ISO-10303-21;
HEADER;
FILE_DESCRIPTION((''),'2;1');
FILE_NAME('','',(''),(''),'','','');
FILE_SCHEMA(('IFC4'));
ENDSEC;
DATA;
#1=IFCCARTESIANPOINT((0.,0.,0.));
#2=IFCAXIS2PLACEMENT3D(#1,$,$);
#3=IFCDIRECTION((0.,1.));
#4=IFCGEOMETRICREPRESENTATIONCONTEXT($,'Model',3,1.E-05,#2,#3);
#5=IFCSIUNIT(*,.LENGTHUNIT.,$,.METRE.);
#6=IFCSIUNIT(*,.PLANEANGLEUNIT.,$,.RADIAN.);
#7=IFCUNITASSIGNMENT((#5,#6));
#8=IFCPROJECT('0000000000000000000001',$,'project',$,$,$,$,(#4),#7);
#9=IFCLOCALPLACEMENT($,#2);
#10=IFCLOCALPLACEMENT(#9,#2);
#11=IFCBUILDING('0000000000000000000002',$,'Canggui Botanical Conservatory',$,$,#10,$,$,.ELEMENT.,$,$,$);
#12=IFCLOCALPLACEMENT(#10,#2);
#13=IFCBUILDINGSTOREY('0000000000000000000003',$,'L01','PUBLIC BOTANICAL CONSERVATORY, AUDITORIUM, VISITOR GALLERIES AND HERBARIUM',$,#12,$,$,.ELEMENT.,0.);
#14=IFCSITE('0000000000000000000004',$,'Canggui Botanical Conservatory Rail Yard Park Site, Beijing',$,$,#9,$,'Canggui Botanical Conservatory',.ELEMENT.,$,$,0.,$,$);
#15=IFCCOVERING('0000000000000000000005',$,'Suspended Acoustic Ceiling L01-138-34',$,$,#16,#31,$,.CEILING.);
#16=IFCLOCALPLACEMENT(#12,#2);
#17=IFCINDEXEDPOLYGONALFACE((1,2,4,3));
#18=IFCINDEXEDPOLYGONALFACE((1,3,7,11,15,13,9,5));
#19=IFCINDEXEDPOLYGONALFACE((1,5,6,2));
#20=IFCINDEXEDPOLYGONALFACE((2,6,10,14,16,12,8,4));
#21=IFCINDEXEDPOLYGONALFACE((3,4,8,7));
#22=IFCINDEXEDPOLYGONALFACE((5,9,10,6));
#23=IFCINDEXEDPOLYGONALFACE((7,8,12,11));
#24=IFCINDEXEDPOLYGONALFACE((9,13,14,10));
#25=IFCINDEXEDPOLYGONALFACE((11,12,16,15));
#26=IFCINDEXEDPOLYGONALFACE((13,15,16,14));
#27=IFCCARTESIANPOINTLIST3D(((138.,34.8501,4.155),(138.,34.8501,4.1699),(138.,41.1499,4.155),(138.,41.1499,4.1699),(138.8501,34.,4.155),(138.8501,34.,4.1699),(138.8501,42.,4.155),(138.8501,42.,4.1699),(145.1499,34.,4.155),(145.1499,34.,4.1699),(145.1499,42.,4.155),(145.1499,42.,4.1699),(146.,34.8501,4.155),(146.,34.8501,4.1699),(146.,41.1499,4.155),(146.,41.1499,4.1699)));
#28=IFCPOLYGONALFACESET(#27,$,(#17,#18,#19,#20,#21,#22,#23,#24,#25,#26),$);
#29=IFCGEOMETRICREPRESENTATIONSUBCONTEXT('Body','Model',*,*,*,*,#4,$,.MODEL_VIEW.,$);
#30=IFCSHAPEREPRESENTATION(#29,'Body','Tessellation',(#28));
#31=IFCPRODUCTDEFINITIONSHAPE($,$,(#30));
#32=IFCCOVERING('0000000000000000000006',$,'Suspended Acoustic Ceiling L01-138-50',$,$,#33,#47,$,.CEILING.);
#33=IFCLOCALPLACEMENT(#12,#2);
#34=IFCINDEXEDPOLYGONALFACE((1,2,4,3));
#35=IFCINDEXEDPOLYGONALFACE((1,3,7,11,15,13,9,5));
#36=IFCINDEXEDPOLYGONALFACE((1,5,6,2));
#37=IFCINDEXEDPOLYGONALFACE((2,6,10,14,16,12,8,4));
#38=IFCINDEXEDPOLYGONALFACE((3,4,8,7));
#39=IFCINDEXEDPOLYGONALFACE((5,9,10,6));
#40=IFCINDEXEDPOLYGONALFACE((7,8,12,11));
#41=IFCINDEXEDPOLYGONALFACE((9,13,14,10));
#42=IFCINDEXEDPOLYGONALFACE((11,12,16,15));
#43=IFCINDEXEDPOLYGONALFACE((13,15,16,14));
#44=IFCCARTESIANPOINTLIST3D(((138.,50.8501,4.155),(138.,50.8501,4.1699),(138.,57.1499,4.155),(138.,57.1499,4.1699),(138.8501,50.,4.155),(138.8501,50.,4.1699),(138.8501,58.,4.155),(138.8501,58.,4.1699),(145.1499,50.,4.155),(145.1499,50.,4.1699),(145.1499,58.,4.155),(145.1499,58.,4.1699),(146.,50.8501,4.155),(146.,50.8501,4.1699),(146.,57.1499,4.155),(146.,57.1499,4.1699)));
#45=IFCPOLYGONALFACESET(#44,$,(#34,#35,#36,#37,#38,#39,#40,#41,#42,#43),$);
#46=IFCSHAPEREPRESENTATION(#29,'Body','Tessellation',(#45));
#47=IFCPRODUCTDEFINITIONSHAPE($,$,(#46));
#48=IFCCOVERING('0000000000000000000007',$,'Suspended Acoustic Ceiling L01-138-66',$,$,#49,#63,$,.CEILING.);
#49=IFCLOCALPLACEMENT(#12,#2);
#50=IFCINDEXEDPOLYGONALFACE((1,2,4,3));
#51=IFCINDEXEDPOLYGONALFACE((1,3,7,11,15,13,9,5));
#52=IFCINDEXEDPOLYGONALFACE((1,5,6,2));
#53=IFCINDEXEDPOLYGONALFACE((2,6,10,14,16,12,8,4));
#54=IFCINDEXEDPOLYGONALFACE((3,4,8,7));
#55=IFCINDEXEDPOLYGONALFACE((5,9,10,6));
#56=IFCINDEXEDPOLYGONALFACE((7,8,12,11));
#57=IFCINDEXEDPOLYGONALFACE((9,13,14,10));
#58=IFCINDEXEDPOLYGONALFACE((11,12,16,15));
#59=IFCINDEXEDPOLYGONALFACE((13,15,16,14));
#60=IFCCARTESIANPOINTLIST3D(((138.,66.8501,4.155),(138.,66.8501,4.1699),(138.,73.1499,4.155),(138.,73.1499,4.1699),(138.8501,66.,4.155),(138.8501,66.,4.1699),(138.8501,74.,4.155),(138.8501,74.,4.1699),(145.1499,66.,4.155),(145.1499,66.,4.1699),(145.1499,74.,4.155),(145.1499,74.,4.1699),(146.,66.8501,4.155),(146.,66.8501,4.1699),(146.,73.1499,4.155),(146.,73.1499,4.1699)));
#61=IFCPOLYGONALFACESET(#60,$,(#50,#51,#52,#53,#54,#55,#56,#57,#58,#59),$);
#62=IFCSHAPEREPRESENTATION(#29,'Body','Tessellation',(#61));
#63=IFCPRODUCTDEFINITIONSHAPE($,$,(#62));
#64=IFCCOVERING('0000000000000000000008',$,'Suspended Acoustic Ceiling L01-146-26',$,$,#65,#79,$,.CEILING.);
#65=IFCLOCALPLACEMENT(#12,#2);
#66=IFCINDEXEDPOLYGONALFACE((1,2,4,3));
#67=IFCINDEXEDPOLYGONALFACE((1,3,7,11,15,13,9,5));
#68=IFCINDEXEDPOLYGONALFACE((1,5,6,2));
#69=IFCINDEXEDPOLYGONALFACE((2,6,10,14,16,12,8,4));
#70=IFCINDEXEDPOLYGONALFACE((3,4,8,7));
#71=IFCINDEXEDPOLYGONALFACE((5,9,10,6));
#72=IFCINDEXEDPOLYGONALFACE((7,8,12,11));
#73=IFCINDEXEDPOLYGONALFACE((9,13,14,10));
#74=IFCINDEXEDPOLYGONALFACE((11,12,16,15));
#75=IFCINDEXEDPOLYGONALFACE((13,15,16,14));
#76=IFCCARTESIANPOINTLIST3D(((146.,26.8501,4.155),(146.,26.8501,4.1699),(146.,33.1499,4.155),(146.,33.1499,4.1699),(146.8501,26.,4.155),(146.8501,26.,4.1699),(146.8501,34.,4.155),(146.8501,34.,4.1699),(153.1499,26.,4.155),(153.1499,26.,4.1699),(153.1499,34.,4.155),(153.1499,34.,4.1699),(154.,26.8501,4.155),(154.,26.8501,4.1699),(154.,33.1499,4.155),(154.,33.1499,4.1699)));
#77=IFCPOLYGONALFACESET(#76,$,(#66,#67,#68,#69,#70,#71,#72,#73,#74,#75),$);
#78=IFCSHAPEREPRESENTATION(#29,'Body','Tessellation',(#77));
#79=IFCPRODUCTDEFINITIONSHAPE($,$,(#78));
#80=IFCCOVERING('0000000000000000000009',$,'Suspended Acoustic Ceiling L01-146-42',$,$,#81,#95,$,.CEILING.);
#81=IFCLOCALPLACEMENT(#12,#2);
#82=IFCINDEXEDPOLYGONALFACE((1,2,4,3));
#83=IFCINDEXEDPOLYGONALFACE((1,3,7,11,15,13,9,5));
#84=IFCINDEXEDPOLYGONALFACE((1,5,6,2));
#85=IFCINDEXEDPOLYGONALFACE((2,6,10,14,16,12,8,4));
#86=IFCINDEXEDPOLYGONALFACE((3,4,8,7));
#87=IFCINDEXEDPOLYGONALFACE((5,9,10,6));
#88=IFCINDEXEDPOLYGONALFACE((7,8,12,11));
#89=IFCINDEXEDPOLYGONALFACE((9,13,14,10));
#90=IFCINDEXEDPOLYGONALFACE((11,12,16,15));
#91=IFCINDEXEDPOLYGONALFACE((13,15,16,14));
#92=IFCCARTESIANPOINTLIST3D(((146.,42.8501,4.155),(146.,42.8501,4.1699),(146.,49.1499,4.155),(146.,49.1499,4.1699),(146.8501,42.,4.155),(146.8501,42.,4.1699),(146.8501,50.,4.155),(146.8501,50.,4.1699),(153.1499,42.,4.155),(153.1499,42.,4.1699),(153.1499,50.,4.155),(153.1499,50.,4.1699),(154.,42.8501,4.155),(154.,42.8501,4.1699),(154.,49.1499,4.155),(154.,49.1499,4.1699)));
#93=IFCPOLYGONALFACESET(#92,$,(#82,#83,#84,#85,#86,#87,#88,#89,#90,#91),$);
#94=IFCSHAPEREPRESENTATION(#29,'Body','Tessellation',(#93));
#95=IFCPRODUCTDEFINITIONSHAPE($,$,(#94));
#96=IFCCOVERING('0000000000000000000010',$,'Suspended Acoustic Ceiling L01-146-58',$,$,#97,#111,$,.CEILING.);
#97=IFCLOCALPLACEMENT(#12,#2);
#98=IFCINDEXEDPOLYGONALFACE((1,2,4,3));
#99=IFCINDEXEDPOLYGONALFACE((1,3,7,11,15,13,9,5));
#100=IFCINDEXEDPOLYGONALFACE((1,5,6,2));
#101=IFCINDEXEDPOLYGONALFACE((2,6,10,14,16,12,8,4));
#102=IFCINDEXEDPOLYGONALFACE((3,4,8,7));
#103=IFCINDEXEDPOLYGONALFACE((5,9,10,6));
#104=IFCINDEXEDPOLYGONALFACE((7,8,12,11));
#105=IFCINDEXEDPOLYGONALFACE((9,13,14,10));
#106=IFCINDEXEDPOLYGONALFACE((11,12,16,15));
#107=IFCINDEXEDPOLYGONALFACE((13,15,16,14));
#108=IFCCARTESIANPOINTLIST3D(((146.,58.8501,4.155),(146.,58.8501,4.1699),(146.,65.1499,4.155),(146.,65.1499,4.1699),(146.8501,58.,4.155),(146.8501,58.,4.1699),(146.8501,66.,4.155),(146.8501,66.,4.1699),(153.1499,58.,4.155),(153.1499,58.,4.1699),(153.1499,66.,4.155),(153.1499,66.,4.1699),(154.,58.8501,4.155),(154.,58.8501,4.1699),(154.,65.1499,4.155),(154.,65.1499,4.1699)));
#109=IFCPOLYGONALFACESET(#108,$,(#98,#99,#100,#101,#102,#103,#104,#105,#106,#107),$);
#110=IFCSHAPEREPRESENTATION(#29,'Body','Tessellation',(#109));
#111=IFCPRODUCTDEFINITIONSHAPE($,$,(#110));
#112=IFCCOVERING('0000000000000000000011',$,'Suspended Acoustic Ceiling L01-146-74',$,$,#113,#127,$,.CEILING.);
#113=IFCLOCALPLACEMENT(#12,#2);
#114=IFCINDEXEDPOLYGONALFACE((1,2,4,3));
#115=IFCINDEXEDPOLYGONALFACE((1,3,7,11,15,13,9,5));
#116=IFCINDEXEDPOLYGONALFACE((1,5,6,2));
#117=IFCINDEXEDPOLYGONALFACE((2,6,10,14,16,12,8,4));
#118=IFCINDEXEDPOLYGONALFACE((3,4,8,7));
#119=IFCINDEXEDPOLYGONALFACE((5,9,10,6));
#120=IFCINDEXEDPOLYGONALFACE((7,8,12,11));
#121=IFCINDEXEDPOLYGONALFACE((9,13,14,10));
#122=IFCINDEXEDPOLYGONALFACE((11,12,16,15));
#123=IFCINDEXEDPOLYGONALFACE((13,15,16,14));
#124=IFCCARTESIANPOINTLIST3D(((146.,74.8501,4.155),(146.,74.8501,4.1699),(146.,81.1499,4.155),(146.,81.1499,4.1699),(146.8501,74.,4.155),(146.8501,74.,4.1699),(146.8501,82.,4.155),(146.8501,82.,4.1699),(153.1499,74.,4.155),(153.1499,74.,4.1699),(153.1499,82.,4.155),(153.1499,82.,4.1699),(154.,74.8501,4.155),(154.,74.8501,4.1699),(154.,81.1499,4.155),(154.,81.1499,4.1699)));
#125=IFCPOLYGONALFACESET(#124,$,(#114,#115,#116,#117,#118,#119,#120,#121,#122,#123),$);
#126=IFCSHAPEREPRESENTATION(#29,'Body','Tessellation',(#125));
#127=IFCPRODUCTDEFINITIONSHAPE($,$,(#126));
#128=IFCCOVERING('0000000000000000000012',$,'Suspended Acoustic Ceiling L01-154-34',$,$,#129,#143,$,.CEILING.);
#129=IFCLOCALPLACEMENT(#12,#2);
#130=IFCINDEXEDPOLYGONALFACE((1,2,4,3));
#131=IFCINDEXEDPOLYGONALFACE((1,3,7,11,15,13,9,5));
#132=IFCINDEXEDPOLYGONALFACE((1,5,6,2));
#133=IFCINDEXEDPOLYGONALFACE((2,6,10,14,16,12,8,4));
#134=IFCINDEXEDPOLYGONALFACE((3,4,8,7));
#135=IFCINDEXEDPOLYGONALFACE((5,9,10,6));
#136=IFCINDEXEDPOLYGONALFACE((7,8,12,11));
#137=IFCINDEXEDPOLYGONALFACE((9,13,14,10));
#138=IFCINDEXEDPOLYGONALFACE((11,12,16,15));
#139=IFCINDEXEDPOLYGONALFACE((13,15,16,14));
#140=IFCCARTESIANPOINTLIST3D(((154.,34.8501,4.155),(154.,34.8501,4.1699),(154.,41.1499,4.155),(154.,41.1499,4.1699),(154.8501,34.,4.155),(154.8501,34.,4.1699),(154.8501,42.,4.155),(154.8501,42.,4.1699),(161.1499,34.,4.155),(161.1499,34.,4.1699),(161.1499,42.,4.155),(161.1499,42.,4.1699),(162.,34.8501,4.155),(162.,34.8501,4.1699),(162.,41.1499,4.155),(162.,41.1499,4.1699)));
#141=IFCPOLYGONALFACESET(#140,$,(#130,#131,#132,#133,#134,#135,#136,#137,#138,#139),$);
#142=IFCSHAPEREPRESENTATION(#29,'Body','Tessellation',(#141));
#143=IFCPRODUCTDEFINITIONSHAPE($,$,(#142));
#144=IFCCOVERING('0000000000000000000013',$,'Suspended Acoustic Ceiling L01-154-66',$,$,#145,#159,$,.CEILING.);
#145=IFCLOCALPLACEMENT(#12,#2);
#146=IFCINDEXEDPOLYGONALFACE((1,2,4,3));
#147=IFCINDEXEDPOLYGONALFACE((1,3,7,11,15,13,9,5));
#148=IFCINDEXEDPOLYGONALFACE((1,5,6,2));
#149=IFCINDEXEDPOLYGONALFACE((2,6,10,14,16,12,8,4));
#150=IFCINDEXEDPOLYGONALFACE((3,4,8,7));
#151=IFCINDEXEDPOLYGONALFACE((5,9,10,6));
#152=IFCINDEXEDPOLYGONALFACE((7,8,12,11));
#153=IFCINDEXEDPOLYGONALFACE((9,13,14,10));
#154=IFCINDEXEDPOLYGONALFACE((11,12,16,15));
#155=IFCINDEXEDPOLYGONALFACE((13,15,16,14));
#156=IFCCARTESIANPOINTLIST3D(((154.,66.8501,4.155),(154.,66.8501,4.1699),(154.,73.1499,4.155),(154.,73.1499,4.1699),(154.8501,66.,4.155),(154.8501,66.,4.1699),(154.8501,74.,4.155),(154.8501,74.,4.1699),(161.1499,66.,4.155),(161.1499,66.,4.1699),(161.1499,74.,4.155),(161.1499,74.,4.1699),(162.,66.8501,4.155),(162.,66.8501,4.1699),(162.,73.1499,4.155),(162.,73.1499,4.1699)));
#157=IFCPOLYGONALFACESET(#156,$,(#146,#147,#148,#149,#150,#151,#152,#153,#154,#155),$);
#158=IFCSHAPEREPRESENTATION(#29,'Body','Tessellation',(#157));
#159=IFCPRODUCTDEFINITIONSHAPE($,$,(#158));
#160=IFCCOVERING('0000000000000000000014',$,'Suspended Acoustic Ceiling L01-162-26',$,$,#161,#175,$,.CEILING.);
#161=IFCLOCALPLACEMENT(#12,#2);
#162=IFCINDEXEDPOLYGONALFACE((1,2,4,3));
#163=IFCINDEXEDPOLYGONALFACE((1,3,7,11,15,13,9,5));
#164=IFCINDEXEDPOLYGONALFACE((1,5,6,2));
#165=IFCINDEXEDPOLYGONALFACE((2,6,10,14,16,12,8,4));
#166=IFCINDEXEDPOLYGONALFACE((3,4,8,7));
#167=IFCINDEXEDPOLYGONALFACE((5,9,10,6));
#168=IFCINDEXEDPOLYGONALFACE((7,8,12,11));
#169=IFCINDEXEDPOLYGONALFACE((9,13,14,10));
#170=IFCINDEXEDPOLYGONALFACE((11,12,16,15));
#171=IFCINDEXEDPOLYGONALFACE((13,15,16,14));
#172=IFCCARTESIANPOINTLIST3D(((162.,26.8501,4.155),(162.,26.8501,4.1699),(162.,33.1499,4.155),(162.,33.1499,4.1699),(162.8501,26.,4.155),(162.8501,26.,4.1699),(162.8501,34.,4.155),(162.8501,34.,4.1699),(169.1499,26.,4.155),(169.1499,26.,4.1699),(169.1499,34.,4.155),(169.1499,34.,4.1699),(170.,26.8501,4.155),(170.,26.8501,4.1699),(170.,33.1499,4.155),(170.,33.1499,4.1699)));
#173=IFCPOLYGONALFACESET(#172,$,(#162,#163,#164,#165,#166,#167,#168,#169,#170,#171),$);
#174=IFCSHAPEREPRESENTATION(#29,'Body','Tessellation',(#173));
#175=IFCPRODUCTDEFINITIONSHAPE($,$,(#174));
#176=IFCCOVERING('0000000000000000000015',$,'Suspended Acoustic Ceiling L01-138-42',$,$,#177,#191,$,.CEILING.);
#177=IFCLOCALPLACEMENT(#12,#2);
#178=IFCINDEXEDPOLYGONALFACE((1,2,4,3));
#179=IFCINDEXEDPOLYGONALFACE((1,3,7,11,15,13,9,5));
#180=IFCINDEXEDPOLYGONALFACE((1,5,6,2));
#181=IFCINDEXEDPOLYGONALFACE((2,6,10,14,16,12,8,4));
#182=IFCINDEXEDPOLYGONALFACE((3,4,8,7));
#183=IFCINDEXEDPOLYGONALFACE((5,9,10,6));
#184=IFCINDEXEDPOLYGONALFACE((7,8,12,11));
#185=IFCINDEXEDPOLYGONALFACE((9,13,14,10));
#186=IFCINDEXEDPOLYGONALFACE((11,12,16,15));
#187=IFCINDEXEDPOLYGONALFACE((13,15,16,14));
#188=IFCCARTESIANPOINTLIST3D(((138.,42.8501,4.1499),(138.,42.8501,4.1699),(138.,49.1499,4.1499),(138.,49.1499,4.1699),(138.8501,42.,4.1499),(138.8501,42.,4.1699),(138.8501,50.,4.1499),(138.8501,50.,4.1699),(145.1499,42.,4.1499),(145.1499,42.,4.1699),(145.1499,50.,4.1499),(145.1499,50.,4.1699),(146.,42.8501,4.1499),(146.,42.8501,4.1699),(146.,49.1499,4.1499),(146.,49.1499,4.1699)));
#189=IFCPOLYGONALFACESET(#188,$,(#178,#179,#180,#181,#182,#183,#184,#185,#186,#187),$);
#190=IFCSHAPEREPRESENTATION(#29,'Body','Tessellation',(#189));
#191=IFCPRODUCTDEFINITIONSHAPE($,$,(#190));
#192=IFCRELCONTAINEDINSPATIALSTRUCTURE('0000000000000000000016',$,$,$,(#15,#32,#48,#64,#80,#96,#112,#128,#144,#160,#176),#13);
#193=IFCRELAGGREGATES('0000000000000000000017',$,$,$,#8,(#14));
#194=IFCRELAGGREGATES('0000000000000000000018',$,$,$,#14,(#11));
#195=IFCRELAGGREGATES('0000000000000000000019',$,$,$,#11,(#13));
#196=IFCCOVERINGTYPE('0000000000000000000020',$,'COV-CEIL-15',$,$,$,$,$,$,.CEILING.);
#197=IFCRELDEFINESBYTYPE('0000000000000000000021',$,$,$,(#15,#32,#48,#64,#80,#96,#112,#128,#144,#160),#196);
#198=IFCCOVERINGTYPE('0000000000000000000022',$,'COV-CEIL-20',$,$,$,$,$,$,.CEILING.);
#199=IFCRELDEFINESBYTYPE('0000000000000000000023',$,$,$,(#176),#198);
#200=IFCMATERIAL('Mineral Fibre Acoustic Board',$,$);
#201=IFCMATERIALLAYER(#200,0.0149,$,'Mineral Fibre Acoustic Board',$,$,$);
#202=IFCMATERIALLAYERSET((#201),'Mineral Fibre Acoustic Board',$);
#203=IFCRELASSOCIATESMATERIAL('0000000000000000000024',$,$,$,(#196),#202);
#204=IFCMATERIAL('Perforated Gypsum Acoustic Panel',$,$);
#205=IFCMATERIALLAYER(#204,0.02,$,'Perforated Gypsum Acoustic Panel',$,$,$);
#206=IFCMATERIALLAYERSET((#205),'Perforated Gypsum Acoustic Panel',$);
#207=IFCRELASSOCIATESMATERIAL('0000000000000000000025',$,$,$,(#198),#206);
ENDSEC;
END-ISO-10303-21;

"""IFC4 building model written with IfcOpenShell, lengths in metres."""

from ifc_helpers import new_model, si_unit, direction, frame, origin, place, context, subcontext, project, spatial, polyline, outline, extrude, material, layer, layer_set, type_object, element, save


model = new_model("IFC4")

# Units and contexts
model_context = context("Model", 3, precision=1e-05, world=origin(), true_north=direction((0.0, 1.0)))
body_context = subcontext(model_context, "Body", "Model", "MODEL_VIEW")
ifc_project = project(units=[si_unit("LENGTHUNIT", "METRE"), si_unit("PLANEANGLEUNIT", "RADIAN")], contexts=[model_context])

# Site, building, storey
site_placement = place(None, origin())
site = spatial("IfcSite", under=ifc_project, at=site_placement, Name="Canggui Botanical Conservatory Rail Yard Park Site, Beijing", LongName="Canggui Botanical Conservatory", CompositionType="ELEMENT", RefElevation=0.0)
building_placement = place(site_placement, origin())
building = spatial("IfcBuilding", under=site, at=building_placement, Name="Canggui Botanical Conservatory", CompositionType="ELEMENT")
storey_placement = place(building_placement, origin())
storey = spatial("IfcBuildingStorey", under=building, at=storey_placement, Name="L01", Description="PUBLIC BOTANICAL CONSERVATORY, AUDITORIUM, VISITOR GALLERIES AND HERBARIUM", CompositionType="ELEMENT", Elevation=0.0)

# Coverings
ifc_material_1 = material(Name="Mineral Fibre Acoustic Board")
ifc_layer_1 = layer(ifc_material_1, 0.0149, Name="Mineral Fibre Acoustic Board")
ifc_layer_set_1 = layer_set([ifc_layer_1], Name="Mineral Fibre Acoustic Board")
covering_type_1 = type_object("IfcCoveringType", Name="COV-CEIL-15", PredefinedType="CEILING", material=ifc_layer_set_1)
covering_1_placement = place(storey_placement, frame((0.0, 0.0, 4.155)))
element("IfcCovering", 1, at=covering_1_placement, inside=storey, type_object=covering_type_1, Name="Suspended Acoustic Ceiling L01-138-34", PredefinedType="CEILING", context=body_context, shape_type="SweptSolid", body=[
    extrude(outline(polyline([(138.8501, 34.0), (145.1499, 34.0), (146.0, 34.8501), (146.0, 41.1499), (145.1499, 42.0), (138.8501, 42.0), (138.0, 41.1499), (138.0, 34.8501), (138.8501, 34.0)])), origin(), (0.0, 0.0, 1.0), 0.0149),
])
covering_2_placement = place(storey_placement, frame((0.0, 0.0, 4.155)))
element("IfcCovering", 2, at=covering_2_placement, inside=storey, type_object=covering_type_1, Name="Suspended Acoustic Ceiling L01-138-50", PredefinedType="CEILING", context=body_context, shape_type="SweptSolid", body=[
    extrude(outline(polyline([(138.8501, 50.0), (145.1499, 50.0), (146.0, 50.8501), (146.0, 57.1499), (145.1499, 58.0), (138.8501, 58.0), (138.0, 57.1499), (138.0, 50.8501), (138.8501, 50.0)])), origin(), (0.0, 0.0, 1.0), 0.0149),
])
covering_3_placement = place(storey_placement, frame((0.0, 0.0, 4.155)))
element("IfcCovering", 3, at=covering_3_placement, inside=storey, type_object=covering_type_1, Name="Suspended Acoustic Ceiling L01-138-66", PredefinedType="CEILING", context=body_context, shape_type="SweptSolid", body=[
    extrude(outline(polyline([(138.8501, 66.0), (145.1499, 66.0), (146.0, 66.8501), (146.0, 73.1499), (145.1499, 74.0), (138.8501, 74.0), (138.0, 73.1499), (138.0, 66.8501), (138.8501, 66.0)])), origin(), (0.0, 0.0, 1.0), 0.0149),
])
covering_4_placement = place(storey_placement, frame((0.0, 0.0, 4.155)))
element("IfcCovering", 4, at=covering_4_placement, inside=storey, type_object=covering_type_1, Name="Suspended Acoustic Ceiling L01-146-26", PredefinedType="CEILING", context=body_context, shape_type="SweptSolid", body=[
    extrude(outline(polyline([(146.8501, 26.0), (153.1499, 26.0), (154.0, 26.8501), (154.0, 33.1499), (153.1499, 34.0), (146.8501, 34.0), (146.0, 33.1499), (146.0, 26.8501), (146.8501, 26.0)])), origin(), (0.0, 0.0, 1.0), 0.0149),
])
covering_5_placement = place(storey_placement, frame((0.0, 0.0, 4.155)))
element("IfcCovering", 5, at=covering_5_placement, inside=storey, type_object=covering_type_1, Name="Suspended Acoustic Ceiling L01-146-42", PredefinedType="CEILING", context=body_context, shape_type="SweptSolid", body=[
    extrude(outline(polyline([(146.8501, 42.0), (153.1499, 42.0), (154.0, 42.8501), (154.0, 49.1499), (153.1499, 50.0), (146.8501, 50.0), (146.0, 49.1499), (146.0, 42.8501), (146.8501, 42.0)])), origin(), (0.0, 0.0, 1.0), 0.0149),
])
covering_6_placement = place(storey_placement, frame((0.0, 0.0, 4.155)))
element("IfcCovering", 6, at=covering_6_placement, inside=storey, type_object=covering_type_1, Name="Suspended Acoustic Ceiling L01-146-58", PredefinedType="CEILING", context=body_context, shape_type="SweptSolid", body=[
    extrude(outline(polyline([(146.8501, 58.0), (153.1499, 58.0), (154.0, 58.8501), (154.0, 65.1499), (153.1499, 66.0), (146.8501, 66.0), (146.0, 65.1499), (146.0, 58.8501), (146.8501, 58.0)])), origin(), (0.0, 0.0, 1.0), 0.0149),
])
covering_7_placement = place(storey_placement, frame((0.0, 0.0, 4.155)))
element("IfcCovering", 7, at=covering_7_placement, inside=storey, type_object=covering_type_1, Name="Suspended Acoustic Ceiling L01-146-74", PredefinedType="CEILING", context=body_context, shape_type="SweptSolid", body=[
    extrude(outline(polyline([(146.8501, 74.0), (153.1499, 74.0), (154.0, 74.8501), (154.0, 81.1499), (153.1499, 82.0), (146.8501, 82.0), (146.0, 81.1499), (146.0, 74.8501), (146.8501, 74.0)])), origin(), (0.0, 0.0, 1.0), 0.0149),
])
covering_8_placement = place(storey_placement, frame((0.0, 0.0, 4.155)))
element("IfcCovering", 8, at=covering_8_placement, inside=storey, type_object=covering_type_1, Name="Suspended Acoustic Ceiling L01-154-34", PredefinedType="CEILING", context=body_context, shape_type="SweptSolid", body=[
    extrude(outline(polyline([(154.8501, 34.0), (161.1499, 34.0), (162.0, 34.8501), (162.0, 41.1499), (161.1499, 42.0), (154.8501, 42.0), (154.0, 41.1499), (154.0, 34.8501), (154.8501, 34.0)])), origin(), (0.0, 0.0, 1.0), 0.0149),
])
covering_9_placement = place(storey_placement, frame((0.0, 0.0, 4.155)))
element("IfcCovering", 9, at=covering_9_placement, inside=storey, type_object=covering_type_1, Name="Suspended Acoustic Ceiling L01-154-66", PredefinedType="CEILING", context=body_context, shape_type="SweptSolid", body=[
    extrude(outline(polyline([(154.8501, 66.0), (161.1499, 66.0), (162.0, 66.8501), (162.0, 73.1499), (161.1499, 74.0), (154.8501, 74.0), (154.0, 73.1499), (154.0, 66.8501), (154.8501, 66.0)])), origin(), (0.0, 0.0, 1.0), 0.0149),
])
covering_10_placement = place(storey_placement, frame((0.0, 0.0, 4.155)))
element("IfcCovering", 10, at=covering_10_placement, inside=storey, type_object=covering_type_1, Name="Suspended Acoustic Ceiling L01-162-26", PredefinedType="CEILING", context=body_context, shape_type="SweptSolid", body=[
    extrude(outline(polyline([(162.8501, 26.0), (169.1499, 26.0), (170.0, 26.8501), (170.0, 33.1499), (169.1499, 34.0), (162.8501, 34.0), (162.0, 33.1499), (162.0, 26.8501), (162.8501, 26.0)])), origin(), (0.0, 0.0, 1.0), 0.0149),
])
ifc_material_2 = material(Name="Perforated Gypsum Acoustic Panel")
ifc_layer_2 = layer(ifc_material_2, 0.02, Name="Perforated Gypsum Acoustic Panel")
ifc_layer_set_2 = layer_set([ifc_layer_2], Name="Perforated Gypsum Acoustic Panel")
covering_type_2 = type_object("IfcCoveringType", Name="COV-CEIL-20", PredefinedType="CEILING", material=ifc_layer_set_2)
covering_11_placement = place(storey_placement, frame((0.0, 0.0, 4.1499)))
element("IfcCovering", 11, at=covering_11_placement, inside=storey, type_object=covering_type_2, Name="Suspended Acoustic Ceiling L01-138-42", PredefinedType="CEILING", context=body_context, shape_type="SweptSolid", body=[
    extrude(outline(polyline([(138.8501, 42.0), (145.1499, 42.0), (146.0, 42.8501), (146.0, 49.1499), (145.1499, 50.0), (138.8501, 50.0), (138.0, 49.1499), (138.0, 42.8501), (138.8501, 42.0)])), origin(), (0.0, 0.0, 1.0), 0.02),
])

save(model, "model.ifc")
